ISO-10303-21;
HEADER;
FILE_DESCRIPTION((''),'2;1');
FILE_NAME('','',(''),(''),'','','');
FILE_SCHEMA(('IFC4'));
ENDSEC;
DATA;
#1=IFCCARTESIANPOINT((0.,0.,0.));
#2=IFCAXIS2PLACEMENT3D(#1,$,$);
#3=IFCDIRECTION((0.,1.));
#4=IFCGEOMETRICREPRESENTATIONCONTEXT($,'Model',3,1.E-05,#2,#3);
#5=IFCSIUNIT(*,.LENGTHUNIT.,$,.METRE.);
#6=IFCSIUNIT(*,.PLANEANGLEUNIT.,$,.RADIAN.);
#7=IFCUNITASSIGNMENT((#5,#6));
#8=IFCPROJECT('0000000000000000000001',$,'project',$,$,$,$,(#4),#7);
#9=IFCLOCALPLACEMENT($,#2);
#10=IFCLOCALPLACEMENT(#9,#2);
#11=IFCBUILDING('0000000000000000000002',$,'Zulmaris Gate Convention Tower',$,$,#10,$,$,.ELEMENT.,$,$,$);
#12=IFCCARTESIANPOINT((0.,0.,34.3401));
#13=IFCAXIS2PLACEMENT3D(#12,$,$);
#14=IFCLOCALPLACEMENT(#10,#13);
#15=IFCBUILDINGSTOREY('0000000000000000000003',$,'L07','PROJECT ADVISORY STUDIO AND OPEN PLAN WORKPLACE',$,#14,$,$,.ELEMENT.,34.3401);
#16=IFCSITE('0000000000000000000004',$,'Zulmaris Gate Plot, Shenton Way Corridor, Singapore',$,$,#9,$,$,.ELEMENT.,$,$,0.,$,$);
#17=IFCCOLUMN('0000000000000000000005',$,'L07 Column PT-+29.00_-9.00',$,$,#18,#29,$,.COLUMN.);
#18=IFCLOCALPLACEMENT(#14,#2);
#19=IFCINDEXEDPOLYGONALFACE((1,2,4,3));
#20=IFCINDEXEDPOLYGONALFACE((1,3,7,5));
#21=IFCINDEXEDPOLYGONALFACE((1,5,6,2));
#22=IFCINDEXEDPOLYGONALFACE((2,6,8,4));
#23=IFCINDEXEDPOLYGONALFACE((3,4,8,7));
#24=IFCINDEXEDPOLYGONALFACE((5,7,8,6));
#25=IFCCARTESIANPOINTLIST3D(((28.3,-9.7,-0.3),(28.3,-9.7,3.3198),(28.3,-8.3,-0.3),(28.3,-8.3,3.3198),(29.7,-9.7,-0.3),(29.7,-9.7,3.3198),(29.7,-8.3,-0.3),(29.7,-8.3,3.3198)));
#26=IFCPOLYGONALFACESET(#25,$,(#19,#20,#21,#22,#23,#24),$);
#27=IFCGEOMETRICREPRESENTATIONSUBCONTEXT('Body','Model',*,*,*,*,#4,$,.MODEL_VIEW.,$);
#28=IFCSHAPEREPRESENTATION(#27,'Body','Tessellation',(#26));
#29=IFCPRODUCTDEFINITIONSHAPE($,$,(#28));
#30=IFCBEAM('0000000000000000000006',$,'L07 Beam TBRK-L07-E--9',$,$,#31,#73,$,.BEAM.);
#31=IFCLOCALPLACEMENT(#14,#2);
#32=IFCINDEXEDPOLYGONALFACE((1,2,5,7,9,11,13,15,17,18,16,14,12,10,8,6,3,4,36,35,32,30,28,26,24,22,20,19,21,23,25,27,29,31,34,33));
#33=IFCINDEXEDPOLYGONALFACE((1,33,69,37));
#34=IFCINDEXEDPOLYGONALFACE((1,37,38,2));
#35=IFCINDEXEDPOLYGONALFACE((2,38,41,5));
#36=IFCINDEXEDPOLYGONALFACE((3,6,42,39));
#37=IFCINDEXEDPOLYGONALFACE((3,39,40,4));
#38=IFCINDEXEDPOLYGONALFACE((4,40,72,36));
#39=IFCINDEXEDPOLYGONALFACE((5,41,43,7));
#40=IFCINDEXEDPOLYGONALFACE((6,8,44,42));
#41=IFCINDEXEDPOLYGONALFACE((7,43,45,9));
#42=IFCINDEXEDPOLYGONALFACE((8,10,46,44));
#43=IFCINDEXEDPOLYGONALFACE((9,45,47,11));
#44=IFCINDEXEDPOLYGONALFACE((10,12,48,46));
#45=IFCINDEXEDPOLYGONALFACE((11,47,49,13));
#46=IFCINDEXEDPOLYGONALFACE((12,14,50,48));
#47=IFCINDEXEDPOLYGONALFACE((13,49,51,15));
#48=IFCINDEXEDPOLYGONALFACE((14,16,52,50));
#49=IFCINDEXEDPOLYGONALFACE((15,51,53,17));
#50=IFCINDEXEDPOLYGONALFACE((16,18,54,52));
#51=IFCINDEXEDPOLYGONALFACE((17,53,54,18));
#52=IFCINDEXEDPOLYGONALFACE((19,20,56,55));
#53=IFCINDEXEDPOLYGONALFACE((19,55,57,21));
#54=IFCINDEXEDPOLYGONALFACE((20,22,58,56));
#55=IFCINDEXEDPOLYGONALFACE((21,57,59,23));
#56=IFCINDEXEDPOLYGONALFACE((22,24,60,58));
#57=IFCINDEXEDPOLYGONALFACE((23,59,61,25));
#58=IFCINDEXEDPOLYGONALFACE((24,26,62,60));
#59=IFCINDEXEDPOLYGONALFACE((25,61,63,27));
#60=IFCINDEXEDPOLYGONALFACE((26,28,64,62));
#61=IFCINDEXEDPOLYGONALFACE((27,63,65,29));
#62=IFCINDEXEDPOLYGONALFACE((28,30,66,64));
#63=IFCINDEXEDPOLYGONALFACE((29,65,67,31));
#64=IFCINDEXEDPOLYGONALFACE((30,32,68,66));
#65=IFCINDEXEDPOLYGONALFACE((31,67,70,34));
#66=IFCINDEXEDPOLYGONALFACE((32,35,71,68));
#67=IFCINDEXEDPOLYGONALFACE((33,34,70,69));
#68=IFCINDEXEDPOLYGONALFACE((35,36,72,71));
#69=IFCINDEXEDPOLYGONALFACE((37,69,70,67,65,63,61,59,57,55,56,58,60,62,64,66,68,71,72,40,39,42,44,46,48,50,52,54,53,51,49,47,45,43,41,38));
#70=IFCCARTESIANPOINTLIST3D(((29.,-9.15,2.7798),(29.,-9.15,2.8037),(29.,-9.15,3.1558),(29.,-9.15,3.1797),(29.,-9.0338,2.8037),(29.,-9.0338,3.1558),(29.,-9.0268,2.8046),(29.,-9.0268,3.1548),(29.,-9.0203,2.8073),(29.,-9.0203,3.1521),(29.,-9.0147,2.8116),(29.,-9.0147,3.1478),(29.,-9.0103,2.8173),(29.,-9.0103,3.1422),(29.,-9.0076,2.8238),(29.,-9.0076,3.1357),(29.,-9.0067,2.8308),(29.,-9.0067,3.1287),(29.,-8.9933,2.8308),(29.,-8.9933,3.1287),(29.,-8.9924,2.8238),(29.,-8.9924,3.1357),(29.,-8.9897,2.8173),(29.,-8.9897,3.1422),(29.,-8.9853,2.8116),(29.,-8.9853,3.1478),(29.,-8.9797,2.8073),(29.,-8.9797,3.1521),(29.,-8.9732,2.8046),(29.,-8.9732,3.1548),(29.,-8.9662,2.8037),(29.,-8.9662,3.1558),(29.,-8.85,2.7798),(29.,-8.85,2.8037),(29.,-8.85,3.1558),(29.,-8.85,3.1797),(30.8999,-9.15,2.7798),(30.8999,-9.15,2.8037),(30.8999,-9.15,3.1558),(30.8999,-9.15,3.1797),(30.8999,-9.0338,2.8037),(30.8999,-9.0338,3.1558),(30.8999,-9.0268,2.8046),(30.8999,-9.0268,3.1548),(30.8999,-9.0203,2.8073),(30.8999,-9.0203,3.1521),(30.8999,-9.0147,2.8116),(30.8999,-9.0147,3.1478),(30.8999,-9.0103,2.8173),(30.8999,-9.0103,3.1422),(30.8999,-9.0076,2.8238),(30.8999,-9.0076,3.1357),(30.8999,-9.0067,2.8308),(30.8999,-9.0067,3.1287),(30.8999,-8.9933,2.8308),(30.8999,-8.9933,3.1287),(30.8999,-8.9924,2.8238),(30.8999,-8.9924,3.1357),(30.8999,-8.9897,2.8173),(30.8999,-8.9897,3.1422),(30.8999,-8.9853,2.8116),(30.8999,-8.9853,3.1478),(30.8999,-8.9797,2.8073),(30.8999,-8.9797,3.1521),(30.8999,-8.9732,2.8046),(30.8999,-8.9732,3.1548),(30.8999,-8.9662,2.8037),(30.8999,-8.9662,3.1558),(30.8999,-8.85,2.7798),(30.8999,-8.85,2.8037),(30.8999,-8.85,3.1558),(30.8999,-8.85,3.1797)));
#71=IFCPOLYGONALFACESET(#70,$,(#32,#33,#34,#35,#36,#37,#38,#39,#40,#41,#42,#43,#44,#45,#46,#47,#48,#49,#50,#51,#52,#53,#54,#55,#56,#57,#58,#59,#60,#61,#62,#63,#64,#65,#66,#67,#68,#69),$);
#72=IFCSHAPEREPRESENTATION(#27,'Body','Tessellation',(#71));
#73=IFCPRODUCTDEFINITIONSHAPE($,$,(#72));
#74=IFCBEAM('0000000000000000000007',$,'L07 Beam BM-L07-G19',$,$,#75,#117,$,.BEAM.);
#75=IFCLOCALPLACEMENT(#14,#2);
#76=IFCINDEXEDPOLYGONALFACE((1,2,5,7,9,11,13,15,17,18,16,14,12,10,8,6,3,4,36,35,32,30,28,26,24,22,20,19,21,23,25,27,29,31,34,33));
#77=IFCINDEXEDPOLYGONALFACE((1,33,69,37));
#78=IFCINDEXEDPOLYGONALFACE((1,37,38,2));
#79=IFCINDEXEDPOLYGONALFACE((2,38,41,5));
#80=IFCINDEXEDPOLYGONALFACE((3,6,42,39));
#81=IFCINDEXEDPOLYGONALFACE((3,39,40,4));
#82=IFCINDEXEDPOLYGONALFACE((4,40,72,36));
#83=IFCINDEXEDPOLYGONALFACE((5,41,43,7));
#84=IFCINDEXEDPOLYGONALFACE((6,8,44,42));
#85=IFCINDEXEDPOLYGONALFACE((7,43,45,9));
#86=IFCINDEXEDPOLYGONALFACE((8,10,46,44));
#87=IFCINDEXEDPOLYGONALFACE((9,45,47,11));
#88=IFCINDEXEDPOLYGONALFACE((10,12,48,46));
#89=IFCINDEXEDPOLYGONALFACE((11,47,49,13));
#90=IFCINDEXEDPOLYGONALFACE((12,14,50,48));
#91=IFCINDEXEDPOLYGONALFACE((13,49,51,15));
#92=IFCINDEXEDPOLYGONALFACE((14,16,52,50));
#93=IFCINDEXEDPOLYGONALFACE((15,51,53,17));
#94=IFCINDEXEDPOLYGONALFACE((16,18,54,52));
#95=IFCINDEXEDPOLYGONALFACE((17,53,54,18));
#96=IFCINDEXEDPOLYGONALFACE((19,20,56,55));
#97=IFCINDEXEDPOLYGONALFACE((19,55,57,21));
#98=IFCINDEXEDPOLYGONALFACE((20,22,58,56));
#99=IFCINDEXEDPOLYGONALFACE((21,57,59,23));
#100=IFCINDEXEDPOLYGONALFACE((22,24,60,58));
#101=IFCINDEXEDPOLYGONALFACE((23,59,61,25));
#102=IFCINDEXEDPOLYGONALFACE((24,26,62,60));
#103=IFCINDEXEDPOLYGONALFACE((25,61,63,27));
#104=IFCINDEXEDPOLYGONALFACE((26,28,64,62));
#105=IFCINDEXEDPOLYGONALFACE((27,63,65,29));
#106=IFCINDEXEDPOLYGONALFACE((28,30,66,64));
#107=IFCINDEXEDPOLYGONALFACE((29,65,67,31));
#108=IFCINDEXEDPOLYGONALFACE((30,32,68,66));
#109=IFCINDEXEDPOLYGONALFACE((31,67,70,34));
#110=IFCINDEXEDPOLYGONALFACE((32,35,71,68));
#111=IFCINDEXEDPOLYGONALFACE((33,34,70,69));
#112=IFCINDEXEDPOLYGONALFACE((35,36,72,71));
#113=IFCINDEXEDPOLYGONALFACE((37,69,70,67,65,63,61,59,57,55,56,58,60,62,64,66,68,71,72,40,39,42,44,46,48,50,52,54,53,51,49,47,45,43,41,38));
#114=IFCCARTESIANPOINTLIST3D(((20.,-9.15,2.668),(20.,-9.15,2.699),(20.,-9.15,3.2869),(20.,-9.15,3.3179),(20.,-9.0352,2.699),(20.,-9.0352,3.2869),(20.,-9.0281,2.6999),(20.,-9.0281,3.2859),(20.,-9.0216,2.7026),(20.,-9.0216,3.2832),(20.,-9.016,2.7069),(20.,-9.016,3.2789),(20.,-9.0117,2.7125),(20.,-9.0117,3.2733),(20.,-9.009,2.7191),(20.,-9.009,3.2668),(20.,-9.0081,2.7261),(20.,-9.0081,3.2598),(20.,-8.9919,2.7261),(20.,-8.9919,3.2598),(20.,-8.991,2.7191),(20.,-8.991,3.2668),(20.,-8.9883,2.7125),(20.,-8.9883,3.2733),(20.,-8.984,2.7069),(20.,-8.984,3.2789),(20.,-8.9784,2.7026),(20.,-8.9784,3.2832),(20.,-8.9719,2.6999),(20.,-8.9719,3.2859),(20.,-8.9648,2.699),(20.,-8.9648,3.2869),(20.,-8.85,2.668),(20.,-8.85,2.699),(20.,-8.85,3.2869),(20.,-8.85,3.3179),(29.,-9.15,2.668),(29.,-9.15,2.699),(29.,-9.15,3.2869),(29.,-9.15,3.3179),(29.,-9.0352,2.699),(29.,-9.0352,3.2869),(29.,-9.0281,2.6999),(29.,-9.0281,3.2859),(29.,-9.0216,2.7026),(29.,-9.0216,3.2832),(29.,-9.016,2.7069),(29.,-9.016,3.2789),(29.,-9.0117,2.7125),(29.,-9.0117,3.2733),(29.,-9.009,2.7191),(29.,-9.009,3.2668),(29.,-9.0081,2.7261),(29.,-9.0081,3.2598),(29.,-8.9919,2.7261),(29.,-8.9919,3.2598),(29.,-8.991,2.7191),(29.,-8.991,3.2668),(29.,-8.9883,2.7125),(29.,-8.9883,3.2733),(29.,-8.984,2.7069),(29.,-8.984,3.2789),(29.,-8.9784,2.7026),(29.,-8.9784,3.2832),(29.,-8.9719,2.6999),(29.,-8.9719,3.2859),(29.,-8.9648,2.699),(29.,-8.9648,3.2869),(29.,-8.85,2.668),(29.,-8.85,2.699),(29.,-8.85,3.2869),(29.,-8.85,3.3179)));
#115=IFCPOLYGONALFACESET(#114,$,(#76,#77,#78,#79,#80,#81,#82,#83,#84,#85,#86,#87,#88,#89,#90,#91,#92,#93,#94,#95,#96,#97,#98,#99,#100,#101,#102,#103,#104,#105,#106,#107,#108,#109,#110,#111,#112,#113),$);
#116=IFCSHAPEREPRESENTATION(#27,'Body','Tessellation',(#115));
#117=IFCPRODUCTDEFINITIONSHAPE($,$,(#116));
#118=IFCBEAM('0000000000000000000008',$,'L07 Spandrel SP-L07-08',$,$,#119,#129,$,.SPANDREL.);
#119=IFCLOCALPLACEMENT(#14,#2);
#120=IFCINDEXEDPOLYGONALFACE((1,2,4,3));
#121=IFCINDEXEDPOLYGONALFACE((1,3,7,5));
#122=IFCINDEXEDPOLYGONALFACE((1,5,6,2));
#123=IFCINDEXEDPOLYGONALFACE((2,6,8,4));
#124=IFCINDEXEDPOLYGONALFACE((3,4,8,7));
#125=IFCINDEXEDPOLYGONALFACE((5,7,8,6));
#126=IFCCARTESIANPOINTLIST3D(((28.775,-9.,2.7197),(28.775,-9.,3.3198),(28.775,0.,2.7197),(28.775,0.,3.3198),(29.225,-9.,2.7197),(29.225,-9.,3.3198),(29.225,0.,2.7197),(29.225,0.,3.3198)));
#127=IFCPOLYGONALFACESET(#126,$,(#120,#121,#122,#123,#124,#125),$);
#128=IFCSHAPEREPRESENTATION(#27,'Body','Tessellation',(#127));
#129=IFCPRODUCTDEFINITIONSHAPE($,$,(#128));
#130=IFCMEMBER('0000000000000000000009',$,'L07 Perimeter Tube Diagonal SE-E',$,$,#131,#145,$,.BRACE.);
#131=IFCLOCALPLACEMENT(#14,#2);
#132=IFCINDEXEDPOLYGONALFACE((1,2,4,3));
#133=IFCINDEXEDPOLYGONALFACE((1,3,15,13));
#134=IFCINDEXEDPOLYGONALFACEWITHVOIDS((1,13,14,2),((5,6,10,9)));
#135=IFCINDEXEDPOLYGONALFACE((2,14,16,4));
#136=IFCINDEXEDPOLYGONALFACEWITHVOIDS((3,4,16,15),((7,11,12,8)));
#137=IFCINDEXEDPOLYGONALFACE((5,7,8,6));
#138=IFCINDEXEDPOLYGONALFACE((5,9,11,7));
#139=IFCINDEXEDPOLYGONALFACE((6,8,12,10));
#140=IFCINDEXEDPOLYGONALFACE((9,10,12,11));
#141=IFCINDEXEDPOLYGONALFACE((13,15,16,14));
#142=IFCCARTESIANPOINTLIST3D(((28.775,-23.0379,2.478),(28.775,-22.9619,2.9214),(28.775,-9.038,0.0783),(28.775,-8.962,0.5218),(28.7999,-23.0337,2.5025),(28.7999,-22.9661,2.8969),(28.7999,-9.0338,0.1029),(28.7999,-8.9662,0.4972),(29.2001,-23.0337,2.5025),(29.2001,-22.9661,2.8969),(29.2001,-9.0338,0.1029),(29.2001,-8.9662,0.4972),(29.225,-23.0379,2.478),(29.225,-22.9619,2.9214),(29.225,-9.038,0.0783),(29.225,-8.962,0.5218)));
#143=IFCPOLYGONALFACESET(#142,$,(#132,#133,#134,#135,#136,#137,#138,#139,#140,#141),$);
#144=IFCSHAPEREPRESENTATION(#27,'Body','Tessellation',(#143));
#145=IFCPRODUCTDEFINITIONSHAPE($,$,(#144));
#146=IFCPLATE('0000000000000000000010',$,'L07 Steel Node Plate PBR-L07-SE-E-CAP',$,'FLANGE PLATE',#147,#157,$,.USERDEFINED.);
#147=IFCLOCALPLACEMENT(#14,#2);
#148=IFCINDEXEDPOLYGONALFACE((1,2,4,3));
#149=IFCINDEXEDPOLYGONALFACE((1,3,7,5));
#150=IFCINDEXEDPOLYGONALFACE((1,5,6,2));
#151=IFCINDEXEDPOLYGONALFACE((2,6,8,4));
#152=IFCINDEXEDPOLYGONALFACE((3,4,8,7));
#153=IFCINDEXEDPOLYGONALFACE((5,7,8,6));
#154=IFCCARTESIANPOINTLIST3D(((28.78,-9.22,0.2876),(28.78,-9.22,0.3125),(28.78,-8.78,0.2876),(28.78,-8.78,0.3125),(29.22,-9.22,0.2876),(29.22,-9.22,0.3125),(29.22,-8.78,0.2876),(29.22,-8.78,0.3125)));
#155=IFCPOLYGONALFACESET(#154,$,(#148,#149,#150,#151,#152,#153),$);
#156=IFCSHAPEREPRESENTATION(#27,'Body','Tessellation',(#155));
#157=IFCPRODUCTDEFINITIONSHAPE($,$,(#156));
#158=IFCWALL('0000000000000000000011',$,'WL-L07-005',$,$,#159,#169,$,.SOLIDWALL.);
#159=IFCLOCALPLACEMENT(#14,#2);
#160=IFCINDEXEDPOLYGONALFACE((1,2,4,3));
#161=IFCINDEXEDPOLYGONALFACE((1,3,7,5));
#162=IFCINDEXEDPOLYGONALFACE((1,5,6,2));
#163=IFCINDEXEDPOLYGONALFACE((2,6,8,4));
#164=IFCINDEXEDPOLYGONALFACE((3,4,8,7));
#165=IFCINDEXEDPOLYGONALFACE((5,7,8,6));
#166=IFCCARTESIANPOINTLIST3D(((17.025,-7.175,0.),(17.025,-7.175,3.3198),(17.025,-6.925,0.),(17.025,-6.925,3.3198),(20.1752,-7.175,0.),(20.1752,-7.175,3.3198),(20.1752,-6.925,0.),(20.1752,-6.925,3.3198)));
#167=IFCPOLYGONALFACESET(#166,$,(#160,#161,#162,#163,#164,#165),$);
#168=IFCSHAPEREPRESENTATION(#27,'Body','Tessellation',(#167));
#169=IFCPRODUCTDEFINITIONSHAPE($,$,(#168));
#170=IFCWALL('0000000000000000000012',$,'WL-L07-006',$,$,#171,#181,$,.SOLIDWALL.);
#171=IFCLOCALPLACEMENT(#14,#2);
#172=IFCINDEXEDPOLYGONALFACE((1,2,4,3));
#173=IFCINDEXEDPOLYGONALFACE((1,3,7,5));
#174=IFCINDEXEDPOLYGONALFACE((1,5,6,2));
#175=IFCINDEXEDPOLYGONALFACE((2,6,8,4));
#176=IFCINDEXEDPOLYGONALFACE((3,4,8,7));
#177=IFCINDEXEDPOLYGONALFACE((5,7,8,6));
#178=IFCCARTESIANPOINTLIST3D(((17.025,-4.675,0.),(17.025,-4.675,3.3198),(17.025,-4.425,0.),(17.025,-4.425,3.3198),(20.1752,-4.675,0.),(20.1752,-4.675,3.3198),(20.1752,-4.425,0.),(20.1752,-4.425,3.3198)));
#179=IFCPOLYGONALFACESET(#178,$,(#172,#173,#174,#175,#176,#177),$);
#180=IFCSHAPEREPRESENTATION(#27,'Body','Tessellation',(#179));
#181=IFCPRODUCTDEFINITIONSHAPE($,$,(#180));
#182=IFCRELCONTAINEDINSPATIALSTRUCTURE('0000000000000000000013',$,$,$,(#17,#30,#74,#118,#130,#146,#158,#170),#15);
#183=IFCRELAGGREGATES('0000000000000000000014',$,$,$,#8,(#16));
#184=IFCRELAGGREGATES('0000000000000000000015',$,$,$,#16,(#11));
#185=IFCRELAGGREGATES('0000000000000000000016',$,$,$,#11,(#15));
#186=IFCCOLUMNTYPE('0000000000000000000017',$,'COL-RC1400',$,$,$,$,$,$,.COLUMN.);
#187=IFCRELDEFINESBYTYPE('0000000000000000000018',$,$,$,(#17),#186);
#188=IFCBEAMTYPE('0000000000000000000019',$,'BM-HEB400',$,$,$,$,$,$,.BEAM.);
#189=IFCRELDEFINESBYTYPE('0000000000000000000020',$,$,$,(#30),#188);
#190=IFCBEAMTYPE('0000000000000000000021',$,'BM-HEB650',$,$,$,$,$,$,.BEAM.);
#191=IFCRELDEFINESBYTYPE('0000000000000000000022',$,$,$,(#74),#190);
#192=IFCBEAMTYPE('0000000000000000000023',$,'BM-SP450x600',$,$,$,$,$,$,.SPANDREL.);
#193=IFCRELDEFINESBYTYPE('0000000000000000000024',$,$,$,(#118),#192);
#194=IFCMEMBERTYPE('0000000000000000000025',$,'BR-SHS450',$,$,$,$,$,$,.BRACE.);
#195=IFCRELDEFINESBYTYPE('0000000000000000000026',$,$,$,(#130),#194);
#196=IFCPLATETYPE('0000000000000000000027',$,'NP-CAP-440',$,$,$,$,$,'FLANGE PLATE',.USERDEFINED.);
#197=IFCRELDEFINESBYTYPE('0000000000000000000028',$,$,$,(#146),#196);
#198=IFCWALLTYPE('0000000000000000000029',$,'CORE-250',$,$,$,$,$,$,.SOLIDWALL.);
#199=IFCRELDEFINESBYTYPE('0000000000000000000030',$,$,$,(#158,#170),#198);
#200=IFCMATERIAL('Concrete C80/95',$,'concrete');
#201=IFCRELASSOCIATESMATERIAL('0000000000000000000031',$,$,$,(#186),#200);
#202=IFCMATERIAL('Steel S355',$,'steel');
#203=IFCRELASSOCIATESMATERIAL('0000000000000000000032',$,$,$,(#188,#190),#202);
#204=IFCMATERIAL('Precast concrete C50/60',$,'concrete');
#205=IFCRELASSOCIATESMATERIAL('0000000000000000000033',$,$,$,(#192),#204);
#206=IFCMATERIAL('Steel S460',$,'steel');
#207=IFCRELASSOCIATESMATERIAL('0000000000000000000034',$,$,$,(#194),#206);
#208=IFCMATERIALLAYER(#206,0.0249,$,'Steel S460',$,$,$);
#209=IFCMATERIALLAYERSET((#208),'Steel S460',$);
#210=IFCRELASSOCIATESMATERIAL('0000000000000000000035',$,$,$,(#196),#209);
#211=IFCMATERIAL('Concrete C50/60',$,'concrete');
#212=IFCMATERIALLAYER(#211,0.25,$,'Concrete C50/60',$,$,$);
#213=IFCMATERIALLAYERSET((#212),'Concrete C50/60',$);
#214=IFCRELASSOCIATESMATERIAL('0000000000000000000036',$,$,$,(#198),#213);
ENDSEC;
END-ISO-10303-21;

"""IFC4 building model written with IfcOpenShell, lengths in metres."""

from ifc_helpers import new_model, si_unit, direction, frame, frame_2d, origin, origin_2d, place, context, subcontext, project, spatial, rectangle, hollow_rectangle, i_section, extrude, material, layer, layer_set, material_profile, profile_set, type_object, element, save


model = new_model("IFC4")

# Units and contexts
model_context = context("Model", 3, precision=1e-05, world=origin(), true_north=direction((0.0, 1.0)))
body_context = subcontext(model_context, "Body", "Model", "MODEL_VIEW")
ifc_project = project(units=[si_unit("LENGTHUNIT", "METRE"), si_unit("PLANEANGLEUNIT", "RADIAN")], contexts=[model_context])

# Site, building, storey
site_placement = place(None, origin())
site = spatial("IfcSite", under=ifc_project, at=site_placement, Name="Zulmaris Gate Plot, Shenton Way Corridor, Singapore", CompositionType="ELEMENT", RefElevation=0.0)
building_placement = place(site_placement, origin())
building = spatial("IfcBuilding", under=site, at=building_placement, Name="Zulmaris Gate Convention Tower", CompositionType="ELEMENT")
storey_placement = place(building_placement, frame((0.0, 0.0, 34.3401)))
storey = spatial("IfcBuildingStorey", under=building, at=storey_placement, Name="L07", Description="PROJECT ADVISORY STUDIO AND OPEN PLAN WORKPLACE", CompositionType="ELEMENT", Elevation=34.3401)

# Column
ifc_material_1 = material(Name="Concrete C80/95", Category="concrete")
ifc_material_profile_1 = material_profile(ifc_material_1, rectangle(XDim=1.3999, YDim=1.3999, at=origin_2d()), Name="RC COL 1400x1400")
ifc_profile_set_1 = profile_set([ifc_material_profile_1], Name="Concrete C80/95")
column_type = type_object("IfcColumnType", Name="COL-RC1400", PredefinedType="COLUMN", material=ifc_profile_set_1)
column_placement = place(storey_placement, frame((29.0, -9.0, -0.3), z_axis=(0.0, 0.0, 1.0), x_axis=(1.0, 0.0, 0.0)))
element("IfcColumn", 1, at=column_placement, inside=storey, type_object=column_type, Name="L07 Column PT-+29.00_-9.00", PredefinedType="COLUMN", context=body_context, shape_type="SweptSolid", body=[
    extrude(rectangle(XDim=1.3999, YDim=1.3999, at=origin_2d()), origin(), (0.0, 0.0, 1.0), 3.6199),
])

# Beams
ifc_material_2 = material(Name="Steel S355", Category="steel")
ifc_material_profile_2 = material_profile(ifc_material_2, i_section(OverallWidth=0.3, OverallDepth=0.3999, WebThickness=0.0134, FlangeThickness=0.0239, FilletRadius=0.0271, at=origin_2d()), Name="HEB 400")
ifc_profile_set_2 = profile_set([ifc_material_profile_2], Name="Steel S355")
beam_type_1 = type_object("IfcBeamType", Name="BM-HEB400", PredefinedType="BEAM", material=ifc_profile_set_2)
beam_1_placement = place(storey_placement, frame((29.0, -9.0, 2.9797), z_axis=(1.0, 0.0, 0.0), x_axis=(0.0, 1.0, 0.0)))
element("IfcBeam", 2, at=beam_1_placement, inside=storey, type_object=beam_type_1, Name="L07 Beam TBRK-L07-E--9", PredefinedType="BEAM", context=body_context, shape_type="SweptSolid", body=[
    extrude(i_section(OverallWidth=0.3, OverallDepth=0.3999, WebThickness=0.0134, FlangeThickness=0.0239, FilletRadius=0.0271, at=origin_2d()), origin(), (0.0, 0.0, 1.0), 1.8999),
])
ifc_material_profile_3 = material_profile(ifc_material_2, i_section(OverallWidth=0.3, OverallDepth=0.6499, WebThickness=0.0161, FlangeThickness=0.031, FilletRadius=0.0271, at=origin_2d()), Name="HEB 650")
ifc_profile_set_3 = profile_set([ifc_material_profile_3], Name="Steel S355")
beam_type_2 = type_object("IfcBeamType", Name="BM-HEB650", PredefinedType="BEAM", material=ifc_profile_set_3)
beam_2_placement = place(storey_placement, frame((20.0, -9.0, 2.9929), z_axis=(1.0, 0.0, 0.0), x_axis=(0.0, 1.0, 0.0)))
element("IfcBeam", 3, at=beam_2_placement, inside=storey, type_object=beam_type_2, Name="L07 Beam BM-L07-G19", PredefinedType="BEAM", context=body_context, shape_type="SweptSolid", body=[
    extrude(i_section(OverallWidth=0.3, OverallDepth=0.6499, WebThickness=0.0161, FlangeThickness=0.031, FilletRadius=0.0271, at=origin_2d()), origin(), (0.0, 0.0, 1.0), 9.0),
])
ifc_material_3 = material(Name="Precast concrete C50/60", Category="concrete")
ifc_material_profile_4 = material_profile(ifc_material_3, rectangle(XDim=0.45, YDim=0.6001, at=origin_2d()), Name="RC SPANDREL 450x600")
ifc_profile_set_4 = profile_set([ifc_material_profile_4], Name="Precast concrete C50/60")
beam_type_3 = type_object("IfcBeamType", Name="BM-SP450x600", PredefinedType="SPANDREL", material=ifc_profile_set_4)
beam_3_placement = place(storey_placement, frame((29.0, -9.0, 3.0198), z_axis=(0.0, 1.0, 0.0), x_axis=(-1.0, 0.0, 0.0)))
element("IfcBeam", 4, at=beam_3_placement, inside=storey, type_object=beam_type_3, Name="L07 Spandrel SP-L07-08", PredefinedType="SPANDREL", context=body_context, shape_type="SweptSolid", body=[
    extrude(rectangle(XDim=0.45, YDim=0.6001, at=origin_2d()), origin(), (0.0, 0.0, 1.0), 9.0),
])

# Member
ifc_material_4 = material(Name="Steel S460", Category="steel")
ifc_material_profile_5 = material_profile(ifc_material_4, hollow_rectangle(XDim=0.45, YDim=0.45, WallThickness=0.0249, at=origin_2d()), Name="SHS 450x450x25")
ifc_profile_set_5 = profile_set([ifc_material_profile_5], Name="Steel S460")
member_type = type_object("IfcMemberType", Name="BR-SHS450", PredefinedType="BRACE", material=ifc_profile_set_5)
member_placement = place(storey_placement, frame((29.0, -9.0, 0.3), z_axis=(0.0, -0.985626, 0.16894), x_axis=(1.0, 0.0, 0.0)))
element("IfcMember", 5, at=member_placement, inside=storey, type_object=member_type, Name="L07 Perimeter Tube Diagonal SE-E", PredefinedType="BRACE", context=body_context, shape_type="SweptSolid", body=[
    extrude(hollow_rectangle(XDim=0.45, YDim=0.45, WallThickness=0.0249, at=origin_2d()), origin(), (0.0, 0.0, 1.0), 14.2041),
])

# Plate
ifc_layer_1 = layer(ifc_material_4, 0.0249, Name="Steel S460")
ifc_layer_set_1 = layer_set([ifc_layer_1], Name="Steel S460")
plate_type = type_object("IfcPlateType", Name="NP-CAP-440", ElementType="FLANGE PLATE", PredefinedType="USERDEFINED", material=ifc_layer_set_1)
plate_placement = place(storey_placement, frame((29.0, -9.0, 0.2876), z_axis=(0.0, 0.0, 1.0), x_axis=(1.0, 0.0, 0.0)))
element("IfcPlate", 6, at=plate_placement, inside=storey, type_object=plate_type, Name="L07 Steel Node Plate PBR-L07-SE-E-CAP", ObjectType="FLANGE PLATE", PredefinedType="USERDEFINED", context=body_context, shape_type="SweptSolid", body=[
    extrude(rectangle(XDim=0.4399, YDim=0.4399, at=origin_2d()), origin(), (0.0, 0.0, 1.0), 0.0249),
])

# Walls
ifc_material_5 = material(Name="Concrete C50/60", Category="concrete")
ifc_layer_2 = layer(ifc_material_5, 0.25, Name="Concrete C50/60")
ifc_layer_set_2 = layer_set([ifc_layer_2], Name="Concrete C50/60")
wall_type_1 = type_object("IfcWallType", Name="CORE-250", PredefinedType="SOLIDWALL", material=ifc_layer_set_2)
for number, where, z_axis, x_axis, name in (
    (7, (17.0249, -7.05, 0.0), (0.0, 0.0, 1.0), (1.0, 0.0, 0.0), "WL-L07-005"),
    (8, (17.0249, -4.55, 0.0), (0.0, 0.0, 1.0), (1.0, 0.0, 0.0), "WL-L07-006"),
):
    element("IfcWall", number, at=place(storey_placement, frame(where, z_axis=z_axis, x_axis=x_axis)), inside=storey, type_object=wall_type_1, Name=name, PredefinedType="SOLIDWALL", context=body_context, shape_type="SweptSolid", body=[
        extrude(rectangle(XDim=3.1501, YDim=0.25, at=frame_2d((1.5752, 0.0))), origin(), (0.0, 0.0, 1.0), 3.3198),
    ])

save(model, "model.ifc")
